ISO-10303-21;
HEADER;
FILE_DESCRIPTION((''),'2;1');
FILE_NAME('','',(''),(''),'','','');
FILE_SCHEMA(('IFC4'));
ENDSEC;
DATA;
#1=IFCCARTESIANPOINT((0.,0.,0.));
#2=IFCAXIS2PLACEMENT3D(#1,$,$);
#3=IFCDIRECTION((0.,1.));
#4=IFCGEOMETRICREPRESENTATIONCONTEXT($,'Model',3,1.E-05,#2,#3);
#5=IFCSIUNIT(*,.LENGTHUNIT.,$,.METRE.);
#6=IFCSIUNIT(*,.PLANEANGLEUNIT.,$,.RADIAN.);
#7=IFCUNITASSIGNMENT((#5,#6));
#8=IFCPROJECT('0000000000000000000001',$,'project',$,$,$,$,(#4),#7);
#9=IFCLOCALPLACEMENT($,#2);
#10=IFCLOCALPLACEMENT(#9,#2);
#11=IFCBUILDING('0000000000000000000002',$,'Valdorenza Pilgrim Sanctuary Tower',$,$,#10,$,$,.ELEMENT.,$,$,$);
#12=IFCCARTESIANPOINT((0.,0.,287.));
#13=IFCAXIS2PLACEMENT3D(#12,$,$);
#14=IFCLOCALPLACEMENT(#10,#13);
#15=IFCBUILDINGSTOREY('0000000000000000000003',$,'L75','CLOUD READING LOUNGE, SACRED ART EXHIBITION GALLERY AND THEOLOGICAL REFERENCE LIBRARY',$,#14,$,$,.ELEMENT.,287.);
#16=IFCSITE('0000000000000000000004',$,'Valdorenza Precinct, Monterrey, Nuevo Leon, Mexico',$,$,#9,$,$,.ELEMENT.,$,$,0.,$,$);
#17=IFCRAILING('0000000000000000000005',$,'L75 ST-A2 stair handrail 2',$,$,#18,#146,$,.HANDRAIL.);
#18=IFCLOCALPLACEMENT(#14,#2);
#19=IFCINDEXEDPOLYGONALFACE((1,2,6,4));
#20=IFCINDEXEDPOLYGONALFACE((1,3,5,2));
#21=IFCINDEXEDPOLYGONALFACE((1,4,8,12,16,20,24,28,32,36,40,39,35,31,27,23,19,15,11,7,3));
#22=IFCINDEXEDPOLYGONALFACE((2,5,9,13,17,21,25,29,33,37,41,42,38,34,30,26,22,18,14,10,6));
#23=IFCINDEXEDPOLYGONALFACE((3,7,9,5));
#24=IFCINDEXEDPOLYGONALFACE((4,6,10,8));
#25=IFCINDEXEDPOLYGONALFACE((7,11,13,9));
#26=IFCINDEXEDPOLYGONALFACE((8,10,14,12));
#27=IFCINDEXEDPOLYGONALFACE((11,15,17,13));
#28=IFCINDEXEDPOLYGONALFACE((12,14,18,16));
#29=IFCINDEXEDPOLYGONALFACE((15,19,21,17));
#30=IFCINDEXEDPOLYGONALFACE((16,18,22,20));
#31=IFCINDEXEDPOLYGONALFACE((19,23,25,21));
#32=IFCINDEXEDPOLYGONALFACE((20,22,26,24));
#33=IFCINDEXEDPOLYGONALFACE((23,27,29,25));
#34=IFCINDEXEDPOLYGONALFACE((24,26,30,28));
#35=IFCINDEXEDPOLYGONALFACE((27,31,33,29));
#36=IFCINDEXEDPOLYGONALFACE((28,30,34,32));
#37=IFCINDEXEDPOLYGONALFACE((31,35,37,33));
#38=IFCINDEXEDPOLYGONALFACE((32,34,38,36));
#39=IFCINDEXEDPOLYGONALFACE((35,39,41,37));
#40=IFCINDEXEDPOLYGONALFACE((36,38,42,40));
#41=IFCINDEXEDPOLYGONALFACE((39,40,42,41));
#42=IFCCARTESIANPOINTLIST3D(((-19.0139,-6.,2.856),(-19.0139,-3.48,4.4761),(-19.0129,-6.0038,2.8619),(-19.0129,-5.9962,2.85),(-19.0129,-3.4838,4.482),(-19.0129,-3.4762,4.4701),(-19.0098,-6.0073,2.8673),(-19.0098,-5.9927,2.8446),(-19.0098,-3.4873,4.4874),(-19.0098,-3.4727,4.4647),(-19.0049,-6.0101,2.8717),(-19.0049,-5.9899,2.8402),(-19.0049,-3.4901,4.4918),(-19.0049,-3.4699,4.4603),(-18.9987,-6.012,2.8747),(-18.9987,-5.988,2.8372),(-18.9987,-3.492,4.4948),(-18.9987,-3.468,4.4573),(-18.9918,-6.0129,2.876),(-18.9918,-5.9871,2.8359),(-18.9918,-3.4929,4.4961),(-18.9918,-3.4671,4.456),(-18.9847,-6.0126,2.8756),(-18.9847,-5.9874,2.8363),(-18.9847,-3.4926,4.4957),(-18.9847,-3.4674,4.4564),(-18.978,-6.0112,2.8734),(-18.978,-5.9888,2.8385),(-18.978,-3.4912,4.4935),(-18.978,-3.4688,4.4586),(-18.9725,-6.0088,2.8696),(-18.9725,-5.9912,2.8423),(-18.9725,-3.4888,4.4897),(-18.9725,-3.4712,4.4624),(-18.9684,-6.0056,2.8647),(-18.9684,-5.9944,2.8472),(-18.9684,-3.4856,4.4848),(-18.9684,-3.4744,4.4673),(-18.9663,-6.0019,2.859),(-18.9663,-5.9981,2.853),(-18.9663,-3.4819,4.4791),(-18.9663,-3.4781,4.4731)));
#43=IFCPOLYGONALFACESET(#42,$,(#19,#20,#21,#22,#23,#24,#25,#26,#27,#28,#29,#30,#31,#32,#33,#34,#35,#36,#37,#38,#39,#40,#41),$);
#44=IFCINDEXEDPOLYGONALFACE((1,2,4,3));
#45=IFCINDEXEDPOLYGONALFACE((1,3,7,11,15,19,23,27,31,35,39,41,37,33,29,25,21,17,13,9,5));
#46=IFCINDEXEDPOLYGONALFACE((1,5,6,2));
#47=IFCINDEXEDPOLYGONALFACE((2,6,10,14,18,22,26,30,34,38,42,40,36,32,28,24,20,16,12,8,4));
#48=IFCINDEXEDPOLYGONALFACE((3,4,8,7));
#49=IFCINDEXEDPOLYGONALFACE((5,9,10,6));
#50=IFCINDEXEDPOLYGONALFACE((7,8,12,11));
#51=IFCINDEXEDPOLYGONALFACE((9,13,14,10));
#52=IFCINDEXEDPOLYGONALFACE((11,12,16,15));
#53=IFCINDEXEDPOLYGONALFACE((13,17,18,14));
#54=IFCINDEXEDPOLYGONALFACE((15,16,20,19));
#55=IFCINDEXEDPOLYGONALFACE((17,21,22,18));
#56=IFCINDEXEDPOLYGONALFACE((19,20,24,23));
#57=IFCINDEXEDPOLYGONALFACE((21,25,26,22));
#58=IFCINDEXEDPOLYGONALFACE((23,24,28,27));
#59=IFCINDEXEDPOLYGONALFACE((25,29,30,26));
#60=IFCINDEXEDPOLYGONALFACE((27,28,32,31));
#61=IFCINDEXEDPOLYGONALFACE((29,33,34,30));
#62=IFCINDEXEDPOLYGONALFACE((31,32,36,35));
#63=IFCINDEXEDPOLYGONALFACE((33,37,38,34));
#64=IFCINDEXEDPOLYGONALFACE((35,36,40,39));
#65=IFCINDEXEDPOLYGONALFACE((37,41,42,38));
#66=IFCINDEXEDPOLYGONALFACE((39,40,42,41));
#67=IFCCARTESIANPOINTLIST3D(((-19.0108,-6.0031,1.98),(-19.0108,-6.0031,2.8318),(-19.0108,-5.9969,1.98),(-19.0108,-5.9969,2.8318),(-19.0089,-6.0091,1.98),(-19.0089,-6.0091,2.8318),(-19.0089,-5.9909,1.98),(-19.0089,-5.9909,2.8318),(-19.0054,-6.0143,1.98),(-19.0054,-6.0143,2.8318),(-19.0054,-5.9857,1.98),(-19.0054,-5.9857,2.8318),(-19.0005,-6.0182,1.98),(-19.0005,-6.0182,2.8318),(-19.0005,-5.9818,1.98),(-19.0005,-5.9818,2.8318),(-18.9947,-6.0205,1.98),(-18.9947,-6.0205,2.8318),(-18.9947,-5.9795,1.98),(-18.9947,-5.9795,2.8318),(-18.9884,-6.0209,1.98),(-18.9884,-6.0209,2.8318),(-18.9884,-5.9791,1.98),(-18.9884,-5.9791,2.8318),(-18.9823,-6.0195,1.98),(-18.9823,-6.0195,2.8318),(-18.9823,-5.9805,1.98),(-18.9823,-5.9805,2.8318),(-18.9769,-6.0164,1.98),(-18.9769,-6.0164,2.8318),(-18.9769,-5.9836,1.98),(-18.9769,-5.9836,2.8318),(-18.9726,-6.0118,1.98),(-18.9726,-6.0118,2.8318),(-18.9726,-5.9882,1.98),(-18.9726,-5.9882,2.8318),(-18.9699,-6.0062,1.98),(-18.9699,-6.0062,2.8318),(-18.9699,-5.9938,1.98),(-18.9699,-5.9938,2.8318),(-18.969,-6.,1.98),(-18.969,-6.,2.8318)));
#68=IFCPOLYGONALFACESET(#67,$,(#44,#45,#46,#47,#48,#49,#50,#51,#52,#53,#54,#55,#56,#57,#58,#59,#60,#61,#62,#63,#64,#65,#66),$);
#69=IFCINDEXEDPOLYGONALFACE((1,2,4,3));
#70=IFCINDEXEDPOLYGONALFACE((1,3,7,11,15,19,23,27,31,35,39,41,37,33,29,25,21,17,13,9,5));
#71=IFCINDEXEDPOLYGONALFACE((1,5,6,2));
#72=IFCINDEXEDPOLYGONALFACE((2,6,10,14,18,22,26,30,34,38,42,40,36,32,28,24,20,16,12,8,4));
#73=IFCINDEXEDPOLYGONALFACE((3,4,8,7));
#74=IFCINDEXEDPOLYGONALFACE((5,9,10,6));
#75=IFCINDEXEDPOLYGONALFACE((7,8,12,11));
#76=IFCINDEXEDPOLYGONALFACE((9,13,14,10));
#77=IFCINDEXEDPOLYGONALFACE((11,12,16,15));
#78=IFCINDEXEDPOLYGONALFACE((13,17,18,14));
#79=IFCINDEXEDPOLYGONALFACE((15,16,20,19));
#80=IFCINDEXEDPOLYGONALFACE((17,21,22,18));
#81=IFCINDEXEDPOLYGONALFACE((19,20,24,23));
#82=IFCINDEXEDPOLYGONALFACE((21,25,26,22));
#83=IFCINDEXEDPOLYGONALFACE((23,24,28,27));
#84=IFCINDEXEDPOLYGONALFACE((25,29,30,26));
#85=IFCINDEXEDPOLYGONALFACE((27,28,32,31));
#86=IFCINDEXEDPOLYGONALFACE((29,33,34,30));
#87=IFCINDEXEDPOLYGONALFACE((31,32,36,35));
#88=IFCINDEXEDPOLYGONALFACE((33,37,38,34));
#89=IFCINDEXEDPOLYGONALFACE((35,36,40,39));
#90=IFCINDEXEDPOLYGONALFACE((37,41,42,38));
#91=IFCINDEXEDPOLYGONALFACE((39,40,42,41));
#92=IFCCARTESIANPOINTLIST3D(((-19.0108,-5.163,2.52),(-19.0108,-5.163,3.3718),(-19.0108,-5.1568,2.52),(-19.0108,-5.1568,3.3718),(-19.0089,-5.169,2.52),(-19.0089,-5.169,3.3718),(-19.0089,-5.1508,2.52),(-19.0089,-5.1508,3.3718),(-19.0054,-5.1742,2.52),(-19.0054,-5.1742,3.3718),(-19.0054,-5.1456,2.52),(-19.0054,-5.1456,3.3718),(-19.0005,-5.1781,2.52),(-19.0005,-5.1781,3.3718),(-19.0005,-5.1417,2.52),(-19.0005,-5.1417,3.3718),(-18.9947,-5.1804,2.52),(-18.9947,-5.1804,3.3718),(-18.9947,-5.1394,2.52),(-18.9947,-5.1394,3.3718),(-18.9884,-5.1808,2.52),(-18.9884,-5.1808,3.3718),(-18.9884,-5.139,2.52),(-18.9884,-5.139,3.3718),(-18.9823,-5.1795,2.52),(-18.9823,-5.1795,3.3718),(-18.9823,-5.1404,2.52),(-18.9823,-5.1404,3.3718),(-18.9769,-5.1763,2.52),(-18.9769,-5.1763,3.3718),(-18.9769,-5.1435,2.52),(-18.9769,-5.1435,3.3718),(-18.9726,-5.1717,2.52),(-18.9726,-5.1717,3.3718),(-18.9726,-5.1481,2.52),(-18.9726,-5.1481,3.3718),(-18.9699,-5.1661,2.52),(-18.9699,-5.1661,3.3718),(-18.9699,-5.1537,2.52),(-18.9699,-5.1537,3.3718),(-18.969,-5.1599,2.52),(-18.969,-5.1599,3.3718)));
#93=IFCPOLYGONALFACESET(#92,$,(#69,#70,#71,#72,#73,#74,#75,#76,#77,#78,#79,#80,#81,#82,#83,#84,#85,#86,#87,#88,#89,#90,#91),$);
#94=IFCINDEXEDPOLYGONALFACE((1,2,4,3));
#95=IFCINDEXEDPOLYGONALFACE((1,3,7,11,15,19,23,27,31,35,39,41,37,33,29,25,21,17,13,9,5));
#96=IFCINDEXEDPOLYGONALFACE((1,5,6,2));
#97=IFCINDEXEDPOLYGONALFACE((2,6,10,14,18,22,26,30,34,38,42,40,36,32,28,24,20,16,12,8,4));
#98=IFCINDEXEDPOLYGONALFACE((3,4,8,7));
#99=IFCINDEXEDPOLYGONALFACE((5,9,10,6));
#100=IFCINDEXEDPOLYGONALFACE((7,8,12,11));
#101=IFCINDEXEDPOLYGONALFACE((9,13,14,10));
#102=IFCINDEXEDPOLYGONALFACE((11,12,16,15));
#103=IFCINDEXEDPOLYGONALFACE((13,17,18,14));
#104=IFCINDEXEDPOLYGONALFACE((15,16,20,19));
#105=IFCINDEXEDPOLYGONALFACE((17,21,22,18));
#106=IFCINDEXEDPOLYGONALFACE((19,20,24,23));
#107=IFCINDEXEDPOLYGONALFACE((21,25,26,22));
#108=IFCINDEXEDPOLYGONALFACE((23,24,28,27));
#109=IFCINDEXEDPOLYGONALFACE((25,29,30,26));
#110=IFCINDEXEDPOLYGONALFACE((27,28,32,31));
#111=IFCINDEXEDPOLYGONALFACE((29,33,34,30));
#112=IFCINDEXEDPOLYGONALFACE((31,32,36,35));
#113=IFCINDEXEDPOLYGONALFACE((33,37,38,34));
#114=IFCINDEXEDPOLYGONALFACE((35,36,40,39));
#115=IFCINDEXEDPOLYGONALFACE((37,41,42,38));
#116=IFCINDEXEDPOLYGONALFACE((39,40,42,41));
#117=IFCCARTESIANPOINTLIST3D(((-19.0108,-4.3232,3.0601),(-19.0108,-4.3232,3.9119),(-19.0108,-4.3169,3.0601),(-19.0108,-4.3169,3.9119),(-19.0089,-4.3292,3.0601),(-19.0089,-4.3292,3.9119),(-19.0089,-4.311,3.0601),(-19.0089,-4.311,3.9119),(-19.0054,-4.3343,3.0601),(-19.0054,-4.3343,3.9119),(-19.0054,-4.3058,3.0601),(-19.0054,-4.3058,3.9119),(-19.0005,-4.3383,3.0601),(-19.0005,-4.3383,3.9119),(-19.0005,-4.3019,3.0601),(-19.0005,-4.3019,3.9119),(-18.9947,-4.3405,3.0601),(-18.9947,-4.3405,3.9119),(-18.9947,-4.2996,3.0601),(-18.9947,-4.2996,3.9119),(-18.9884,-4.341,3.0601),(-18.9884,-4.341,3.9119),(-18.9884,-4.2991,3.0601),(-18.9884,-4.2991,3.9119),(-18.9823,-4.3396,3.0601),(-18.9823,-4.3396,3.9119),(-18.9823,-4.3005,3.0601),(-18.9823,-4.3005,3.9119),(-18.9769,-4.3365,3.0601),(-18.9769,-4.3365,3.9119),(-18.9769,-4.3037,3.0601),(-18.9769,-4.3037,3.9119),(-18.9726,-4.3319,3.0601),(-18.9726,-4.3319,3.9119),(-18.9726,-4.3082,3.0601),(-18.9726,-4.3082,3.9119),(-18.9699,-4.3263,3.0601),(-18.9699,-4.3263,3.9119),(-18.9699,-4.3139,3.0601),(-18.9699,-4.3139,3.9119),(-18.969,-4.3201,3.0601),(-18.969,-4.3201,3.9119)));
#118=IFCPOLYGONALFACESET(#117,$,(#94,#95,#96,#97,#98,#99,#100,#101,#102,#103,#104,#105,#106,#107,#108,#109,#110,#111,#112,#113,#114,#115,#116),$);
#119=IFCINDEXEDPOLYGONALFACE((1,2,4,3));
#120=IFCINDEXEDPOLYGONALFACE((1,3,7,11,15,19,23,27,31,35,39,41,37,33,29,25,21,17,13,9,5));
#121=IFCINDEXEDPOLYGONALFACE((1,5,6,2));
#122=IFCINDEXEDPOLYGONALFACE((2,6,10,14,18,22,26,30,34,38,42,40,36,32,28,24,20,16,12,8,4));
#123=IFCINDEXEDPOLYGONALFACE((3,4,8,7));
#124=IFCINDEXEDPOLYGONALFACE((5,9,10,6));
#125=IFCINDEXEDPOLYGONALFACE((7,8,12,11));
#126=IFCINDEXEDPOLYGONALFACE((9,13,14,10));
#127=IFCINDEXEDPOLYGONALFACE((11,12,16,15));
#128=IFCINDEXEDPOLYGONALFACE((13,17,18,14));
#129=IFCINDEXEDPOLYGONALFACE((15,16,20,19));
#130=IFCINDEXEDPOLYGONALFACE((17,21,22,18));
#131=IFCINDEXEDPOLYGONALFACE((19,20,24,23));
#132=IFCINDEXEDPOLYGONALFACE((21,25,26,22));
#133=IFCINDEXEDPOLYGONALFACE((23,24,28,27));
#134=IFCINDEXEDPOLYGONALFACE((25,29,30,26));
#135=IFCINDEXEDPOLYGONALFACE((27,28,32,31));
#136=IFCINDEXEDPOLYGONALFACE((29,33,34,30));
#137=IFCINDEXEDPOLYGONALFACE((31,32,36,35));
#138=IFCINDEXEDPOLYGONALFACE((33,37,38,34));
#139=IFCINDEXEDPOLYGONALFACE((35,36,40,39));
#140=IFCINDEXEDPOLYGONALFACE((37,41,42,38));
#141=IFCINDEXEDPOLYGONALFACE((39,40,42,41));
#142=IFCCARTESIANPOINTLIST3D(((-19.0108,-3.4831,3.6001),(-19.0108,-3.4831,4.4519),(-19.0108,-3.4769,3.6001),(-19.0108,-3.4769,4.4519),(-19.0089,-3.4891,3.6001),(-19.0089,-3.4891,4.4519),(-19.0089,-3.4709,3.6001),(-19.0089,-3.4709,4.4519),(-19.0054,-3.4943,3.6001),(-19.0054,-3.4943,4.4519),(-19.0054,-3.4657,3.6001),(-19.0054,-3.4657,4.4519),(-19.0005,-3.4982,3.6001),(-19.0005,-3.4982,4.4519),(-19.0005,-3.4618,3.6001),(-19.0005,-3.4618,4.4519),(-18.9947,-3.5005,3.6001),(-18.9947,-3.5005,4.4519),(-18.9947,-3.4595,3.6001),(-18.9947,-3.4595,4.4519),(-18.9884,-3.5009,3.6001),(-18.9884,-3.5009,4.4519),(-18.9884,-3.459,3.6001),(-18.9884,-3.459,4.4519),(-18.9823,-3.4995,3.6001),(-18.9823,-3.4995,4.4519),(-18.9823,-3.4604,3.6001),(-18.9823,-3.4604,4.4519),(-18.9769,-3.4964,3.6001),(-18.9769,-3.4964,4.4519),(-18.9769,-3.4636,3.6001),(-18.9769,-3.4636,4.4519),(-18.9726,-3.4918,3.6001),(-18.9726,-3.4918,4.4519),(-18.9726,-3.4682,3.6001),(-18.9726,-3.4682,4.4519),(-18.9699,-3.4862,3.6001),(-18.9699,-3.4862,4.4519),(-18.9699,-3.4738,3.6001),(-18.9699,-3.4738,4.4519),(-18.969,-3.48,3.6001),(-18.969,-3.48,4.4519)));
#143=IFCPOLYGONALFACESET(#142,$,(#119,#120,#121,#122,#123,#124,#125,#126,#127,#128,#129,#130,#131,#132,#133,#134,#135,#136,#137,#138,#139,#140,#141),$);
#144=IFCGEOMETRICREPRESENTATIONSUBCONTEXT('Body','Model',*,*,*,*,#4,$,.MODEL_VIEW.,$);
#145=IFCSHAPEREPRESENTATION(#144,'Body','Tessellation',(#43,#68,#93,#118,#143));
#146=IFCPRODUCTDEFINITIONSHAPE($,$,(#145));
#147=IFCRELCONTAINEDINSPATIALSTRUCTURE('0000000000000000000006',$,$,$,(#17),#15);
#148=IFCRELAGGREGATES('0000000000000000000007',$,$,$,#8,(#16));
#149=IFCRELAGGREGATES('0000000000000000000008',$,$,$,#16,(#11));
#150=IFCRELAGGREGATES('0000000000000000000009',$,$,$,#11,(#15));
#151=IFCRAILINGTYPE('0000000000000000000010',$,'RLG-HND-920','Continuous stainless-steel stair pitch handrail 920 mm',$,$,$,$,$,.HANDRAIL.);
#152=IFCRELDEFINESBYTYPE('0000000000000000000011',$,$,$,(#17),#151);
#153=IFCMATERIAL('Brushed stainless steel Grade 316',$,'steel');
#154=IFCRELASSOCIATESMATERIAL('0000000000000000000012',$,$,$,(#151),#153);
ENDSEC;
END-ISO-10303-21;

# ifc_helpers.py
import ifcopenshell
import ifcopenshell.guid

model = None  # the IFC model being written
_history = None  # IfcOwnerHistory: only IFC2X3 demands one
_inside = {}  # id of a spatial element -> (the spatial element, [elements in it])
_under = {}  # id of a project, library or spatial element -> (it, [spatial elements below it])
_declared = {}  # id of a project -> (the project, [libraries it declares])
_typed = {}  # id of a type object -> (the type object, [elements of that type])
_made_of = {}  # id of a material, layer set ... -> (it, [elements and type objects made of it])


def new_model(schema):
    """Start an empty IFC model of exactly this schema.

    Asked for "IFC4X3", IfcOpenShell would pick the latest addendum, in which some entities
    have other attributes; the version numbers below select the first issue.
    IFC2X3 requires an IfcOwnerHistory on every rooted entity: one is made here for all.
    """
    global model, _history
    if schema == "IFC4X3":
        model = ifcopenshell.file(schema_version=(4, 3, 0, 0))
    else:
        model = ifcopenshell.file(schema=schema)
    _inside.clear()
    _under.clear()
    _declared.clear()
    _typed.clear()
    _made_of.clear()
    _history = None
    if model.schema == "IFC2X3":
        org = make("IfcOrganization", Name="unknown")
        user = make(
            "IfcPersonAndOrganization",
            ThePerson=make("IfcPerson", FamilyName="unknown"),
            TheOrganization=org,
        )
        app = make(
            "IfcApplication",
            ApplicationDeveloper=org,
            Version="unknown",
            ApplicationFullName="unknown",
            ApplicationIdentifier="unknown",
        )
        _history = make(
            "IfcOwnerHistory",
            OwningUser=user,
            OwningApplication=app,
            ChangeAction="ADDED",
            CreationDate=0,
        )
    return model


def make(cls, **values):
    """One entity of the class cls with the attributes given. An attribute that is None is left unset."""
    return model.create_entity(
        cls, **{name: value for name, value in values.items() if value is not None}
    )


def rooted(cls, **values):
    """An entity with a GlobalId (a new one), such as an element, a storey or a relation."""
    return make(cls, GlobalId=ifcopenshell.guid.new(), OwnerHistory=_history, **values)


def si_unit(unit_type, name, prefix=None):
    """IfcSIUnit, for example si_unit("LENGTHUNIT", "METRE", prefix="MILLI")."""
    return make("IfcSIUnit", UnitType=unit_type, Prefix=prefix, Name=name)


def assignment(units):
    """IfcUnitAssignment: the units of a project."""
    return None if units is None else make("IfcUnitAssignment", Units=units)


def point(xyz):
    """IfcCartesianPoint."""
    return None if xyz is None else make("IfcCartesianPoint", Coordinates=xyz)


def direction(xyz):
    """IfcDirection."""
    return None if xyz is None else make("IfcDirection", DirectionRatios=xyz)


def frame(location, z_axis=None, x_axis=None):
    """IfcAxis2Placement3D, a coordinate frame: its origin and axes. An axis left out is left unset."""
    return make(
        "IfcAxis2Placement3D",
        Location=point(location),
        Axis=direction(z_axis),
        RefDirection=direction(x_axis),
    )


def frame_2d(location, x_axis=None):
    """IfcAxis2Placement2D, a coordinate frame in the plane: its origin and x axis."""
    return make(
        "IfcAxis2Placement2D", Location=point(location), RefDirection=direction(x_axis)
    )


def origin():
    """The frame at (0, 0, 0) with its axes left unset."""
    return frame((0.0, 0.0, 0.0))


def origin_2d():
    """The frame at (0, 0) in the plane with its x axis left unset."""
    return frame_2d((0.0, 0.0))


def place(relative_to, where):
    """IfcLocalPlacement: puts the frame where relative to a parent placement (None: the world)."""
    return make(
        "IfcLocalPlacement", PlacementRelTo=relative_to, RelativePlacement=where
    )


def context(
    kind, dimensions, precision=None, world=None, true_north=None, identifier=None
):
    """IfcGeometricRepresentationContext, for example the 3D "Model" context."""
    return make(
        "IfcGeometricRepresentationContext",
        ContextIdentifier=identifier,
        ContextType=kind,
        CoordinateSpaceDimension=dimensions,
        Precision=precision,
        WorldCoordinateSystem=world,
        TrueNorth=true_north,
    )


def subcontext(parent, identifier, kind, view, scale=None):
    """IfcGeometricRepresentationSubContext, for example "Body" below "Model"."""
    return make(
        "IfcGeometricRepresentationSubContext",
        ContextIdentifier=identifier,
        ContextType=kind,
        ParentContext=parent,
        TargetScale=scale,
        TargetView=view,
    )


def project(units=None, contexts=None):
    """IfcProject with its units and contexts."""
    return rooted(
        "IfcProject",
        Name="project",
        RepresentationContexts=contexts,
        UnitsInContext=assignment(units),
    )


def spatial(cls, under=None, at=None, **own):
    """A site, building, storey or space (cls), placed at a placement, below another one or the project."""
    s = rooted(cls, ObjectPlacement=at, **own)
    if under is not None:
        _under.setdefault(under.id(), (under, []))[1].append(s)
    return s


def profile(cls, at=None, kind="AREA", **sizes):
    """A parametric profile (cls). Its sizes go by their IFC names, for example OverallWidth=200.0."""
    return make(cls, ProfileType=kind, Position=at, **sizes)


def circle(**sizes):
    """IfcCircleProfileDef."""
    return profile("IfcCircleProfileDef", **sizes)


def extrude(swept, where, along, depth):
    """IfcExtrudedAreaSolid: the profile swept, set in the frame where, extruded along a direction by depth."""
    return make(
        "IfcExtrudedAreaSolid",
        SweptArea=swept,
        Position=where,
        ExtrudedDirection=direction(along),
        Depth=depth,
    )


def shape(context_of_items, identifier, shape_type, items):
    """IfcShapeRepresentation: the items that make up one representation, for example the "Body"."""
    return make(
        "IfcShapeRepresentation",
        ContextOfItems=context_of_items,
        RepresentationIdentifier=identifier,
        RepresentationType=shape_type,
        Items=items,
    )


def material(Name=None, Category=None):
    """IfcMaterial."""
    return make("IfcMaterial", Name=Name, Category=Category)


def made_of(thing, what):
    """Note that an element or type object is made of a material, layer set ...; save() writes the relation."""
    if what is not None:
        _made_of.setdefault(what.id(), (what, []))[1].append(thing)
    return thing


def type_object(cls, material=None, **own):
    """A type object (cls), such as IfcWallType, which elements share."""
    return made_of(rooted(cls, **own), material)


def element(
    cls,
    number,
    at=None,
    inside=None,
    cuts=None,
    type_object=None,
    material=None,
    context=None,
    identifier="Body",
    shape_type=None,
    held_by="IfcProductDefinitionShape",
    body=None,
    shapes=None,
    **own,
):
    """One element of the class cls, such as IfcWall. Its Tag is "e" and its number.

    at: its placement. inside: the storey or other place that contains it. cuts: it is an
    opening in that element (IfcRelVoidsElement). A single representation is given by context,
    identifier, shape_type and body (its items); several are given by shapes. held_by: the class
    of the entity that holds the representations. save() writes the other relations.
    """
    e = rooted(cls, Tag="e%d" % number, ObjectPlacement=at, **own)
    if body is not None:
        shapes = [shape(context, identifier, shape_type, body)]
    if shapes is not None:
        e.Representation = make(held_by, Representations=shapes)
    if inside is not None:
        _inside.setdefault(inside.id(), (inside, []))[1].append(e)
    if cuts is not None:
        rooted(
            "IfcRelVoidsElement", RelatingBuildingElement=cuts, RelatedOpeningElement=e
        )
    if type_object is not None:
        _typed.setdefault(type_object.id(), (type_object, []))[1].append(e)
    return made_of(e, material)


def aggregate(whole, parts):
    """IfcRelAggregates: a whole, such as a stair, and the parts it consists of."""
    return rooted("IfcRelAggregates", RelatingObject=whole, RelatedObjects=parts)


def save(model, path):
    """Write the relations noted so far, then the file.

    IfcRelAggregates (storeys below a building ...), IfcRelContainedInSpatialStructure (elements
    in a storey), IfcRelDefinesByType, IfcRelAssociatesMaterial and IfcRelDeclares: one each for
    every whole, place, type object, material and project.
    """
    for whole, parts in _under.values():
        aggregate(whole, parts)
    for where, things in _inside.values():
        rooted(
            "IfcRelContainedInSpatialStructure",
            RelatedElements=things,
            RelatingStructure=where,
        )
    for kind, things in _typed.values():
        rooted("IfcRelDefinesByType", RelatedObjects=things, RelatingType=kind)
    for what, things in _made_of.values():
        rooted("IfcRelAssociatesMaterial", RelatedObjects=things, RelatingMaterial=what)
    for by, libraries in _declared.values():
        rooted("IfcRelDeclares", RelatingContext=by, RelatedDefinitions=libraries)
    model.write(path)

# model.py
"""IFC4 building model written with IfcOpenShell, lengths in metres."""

from ifc_helpers import new_model, si_unit, direction, frame, origin, origin_2d, place, context, subcontext, project, spatial, circle, extrude, material, type_object, element, save


model = new_model("IFC4")

# Units and contexts
model_context = context("Model", 3, precision=1e-05, world=origin(), true_north=direction((0.0, 1.0)))
body_context = subcontext(model_context, "Body", "Model", "MODEL_VIEW")
ifc_project = project(units=[si_unit("LENGTHUNIT", "METRE"), si_unit("PLANEANGLEUNIT", "RADIAN")], contexts=[model_context])

# Site, building, storey
site_placement = place(None, origin())
site = spatial("IfcSite", under=ifc_project, at=site_placement, Name="Valdorenza Precinct, Monterrey, Nuevo Leon, Mexico", CompositionType="ELEMENT", RefElevation=0.0)
building_placement = place(site_placement, origin())
building = spatial("IfcBuilding", under=site, at=building_placement, Name="Valdorenza Pilgrim Sanctuary Tower", CompositionType="ELEMENT")
storey_placement = place(building_placement, frame((0.0, 0.0, 287.0)))
storey = spatial("IfcBuildingStorey", under=building, at=storey_placement, Name="L75", Description="CLOUD READING LOUNGE, SACRED ART EXHIBITION GALLERY AND THEOLOGICAL REFERENCE LIBRARY", CompositionType="ELEMENT", Elevation=287.0)

# Railing
ifc_material_1 = material(Name="Brushed stainless steel Grade 316", Category="steel")
railing_type_1 = type_object("IfcRailingType", Name="RLG-HND-920", Description="Continuous stainless-steel stair pitch handrail 920 mm", PredefinedType="HANDRAIL", material=ifc_material_1)
railing_1_placement = place(storey_placement, frame((-18.99, -6.0, 1.98)))
element("IfcRailing", 1, at=railing_1_placement, inside=storey, type_object=railing_type_1, Name="L75 ST-A2 stair handrail 2", PredefinedType="HANDRAIL", context=body_context, shape_type="SweptSolid", body=[
    extrude(circle(Radius=0.0239, at=origin_2d()), frame((0.0, 0.0, 0.876), z_axis=(0.0, 0.841163, 0.540782), x_axis=(-1.0, 0.0, 0.0)), (0.0, 0.0, 1.0), 2.9958),
    extrude(circle(Radius=0.021, at=origin_2d()), origin(), (0.0, 0.0, 1.0), 0.8518),
    extrude(circle(Radius=0.021, at=origin_2d()), frame((0.0, 0.8401, 0.54)), (0.0, 0.0, 1.0), 0.8518),
    extrude(circle(Radius=0.021, at=origin_2d()), frame((0.0, 1.6799, 1.0801)), (0.0, 0.0, 1.0), 0.8518),
    extrude(circle(Radius=0.021, at=origin_2d()), frame((0.0, 2.52, 1.6201)), (0.0, 0.0, 1.0), 0.8518),
])

save(model, "model.ifc")
